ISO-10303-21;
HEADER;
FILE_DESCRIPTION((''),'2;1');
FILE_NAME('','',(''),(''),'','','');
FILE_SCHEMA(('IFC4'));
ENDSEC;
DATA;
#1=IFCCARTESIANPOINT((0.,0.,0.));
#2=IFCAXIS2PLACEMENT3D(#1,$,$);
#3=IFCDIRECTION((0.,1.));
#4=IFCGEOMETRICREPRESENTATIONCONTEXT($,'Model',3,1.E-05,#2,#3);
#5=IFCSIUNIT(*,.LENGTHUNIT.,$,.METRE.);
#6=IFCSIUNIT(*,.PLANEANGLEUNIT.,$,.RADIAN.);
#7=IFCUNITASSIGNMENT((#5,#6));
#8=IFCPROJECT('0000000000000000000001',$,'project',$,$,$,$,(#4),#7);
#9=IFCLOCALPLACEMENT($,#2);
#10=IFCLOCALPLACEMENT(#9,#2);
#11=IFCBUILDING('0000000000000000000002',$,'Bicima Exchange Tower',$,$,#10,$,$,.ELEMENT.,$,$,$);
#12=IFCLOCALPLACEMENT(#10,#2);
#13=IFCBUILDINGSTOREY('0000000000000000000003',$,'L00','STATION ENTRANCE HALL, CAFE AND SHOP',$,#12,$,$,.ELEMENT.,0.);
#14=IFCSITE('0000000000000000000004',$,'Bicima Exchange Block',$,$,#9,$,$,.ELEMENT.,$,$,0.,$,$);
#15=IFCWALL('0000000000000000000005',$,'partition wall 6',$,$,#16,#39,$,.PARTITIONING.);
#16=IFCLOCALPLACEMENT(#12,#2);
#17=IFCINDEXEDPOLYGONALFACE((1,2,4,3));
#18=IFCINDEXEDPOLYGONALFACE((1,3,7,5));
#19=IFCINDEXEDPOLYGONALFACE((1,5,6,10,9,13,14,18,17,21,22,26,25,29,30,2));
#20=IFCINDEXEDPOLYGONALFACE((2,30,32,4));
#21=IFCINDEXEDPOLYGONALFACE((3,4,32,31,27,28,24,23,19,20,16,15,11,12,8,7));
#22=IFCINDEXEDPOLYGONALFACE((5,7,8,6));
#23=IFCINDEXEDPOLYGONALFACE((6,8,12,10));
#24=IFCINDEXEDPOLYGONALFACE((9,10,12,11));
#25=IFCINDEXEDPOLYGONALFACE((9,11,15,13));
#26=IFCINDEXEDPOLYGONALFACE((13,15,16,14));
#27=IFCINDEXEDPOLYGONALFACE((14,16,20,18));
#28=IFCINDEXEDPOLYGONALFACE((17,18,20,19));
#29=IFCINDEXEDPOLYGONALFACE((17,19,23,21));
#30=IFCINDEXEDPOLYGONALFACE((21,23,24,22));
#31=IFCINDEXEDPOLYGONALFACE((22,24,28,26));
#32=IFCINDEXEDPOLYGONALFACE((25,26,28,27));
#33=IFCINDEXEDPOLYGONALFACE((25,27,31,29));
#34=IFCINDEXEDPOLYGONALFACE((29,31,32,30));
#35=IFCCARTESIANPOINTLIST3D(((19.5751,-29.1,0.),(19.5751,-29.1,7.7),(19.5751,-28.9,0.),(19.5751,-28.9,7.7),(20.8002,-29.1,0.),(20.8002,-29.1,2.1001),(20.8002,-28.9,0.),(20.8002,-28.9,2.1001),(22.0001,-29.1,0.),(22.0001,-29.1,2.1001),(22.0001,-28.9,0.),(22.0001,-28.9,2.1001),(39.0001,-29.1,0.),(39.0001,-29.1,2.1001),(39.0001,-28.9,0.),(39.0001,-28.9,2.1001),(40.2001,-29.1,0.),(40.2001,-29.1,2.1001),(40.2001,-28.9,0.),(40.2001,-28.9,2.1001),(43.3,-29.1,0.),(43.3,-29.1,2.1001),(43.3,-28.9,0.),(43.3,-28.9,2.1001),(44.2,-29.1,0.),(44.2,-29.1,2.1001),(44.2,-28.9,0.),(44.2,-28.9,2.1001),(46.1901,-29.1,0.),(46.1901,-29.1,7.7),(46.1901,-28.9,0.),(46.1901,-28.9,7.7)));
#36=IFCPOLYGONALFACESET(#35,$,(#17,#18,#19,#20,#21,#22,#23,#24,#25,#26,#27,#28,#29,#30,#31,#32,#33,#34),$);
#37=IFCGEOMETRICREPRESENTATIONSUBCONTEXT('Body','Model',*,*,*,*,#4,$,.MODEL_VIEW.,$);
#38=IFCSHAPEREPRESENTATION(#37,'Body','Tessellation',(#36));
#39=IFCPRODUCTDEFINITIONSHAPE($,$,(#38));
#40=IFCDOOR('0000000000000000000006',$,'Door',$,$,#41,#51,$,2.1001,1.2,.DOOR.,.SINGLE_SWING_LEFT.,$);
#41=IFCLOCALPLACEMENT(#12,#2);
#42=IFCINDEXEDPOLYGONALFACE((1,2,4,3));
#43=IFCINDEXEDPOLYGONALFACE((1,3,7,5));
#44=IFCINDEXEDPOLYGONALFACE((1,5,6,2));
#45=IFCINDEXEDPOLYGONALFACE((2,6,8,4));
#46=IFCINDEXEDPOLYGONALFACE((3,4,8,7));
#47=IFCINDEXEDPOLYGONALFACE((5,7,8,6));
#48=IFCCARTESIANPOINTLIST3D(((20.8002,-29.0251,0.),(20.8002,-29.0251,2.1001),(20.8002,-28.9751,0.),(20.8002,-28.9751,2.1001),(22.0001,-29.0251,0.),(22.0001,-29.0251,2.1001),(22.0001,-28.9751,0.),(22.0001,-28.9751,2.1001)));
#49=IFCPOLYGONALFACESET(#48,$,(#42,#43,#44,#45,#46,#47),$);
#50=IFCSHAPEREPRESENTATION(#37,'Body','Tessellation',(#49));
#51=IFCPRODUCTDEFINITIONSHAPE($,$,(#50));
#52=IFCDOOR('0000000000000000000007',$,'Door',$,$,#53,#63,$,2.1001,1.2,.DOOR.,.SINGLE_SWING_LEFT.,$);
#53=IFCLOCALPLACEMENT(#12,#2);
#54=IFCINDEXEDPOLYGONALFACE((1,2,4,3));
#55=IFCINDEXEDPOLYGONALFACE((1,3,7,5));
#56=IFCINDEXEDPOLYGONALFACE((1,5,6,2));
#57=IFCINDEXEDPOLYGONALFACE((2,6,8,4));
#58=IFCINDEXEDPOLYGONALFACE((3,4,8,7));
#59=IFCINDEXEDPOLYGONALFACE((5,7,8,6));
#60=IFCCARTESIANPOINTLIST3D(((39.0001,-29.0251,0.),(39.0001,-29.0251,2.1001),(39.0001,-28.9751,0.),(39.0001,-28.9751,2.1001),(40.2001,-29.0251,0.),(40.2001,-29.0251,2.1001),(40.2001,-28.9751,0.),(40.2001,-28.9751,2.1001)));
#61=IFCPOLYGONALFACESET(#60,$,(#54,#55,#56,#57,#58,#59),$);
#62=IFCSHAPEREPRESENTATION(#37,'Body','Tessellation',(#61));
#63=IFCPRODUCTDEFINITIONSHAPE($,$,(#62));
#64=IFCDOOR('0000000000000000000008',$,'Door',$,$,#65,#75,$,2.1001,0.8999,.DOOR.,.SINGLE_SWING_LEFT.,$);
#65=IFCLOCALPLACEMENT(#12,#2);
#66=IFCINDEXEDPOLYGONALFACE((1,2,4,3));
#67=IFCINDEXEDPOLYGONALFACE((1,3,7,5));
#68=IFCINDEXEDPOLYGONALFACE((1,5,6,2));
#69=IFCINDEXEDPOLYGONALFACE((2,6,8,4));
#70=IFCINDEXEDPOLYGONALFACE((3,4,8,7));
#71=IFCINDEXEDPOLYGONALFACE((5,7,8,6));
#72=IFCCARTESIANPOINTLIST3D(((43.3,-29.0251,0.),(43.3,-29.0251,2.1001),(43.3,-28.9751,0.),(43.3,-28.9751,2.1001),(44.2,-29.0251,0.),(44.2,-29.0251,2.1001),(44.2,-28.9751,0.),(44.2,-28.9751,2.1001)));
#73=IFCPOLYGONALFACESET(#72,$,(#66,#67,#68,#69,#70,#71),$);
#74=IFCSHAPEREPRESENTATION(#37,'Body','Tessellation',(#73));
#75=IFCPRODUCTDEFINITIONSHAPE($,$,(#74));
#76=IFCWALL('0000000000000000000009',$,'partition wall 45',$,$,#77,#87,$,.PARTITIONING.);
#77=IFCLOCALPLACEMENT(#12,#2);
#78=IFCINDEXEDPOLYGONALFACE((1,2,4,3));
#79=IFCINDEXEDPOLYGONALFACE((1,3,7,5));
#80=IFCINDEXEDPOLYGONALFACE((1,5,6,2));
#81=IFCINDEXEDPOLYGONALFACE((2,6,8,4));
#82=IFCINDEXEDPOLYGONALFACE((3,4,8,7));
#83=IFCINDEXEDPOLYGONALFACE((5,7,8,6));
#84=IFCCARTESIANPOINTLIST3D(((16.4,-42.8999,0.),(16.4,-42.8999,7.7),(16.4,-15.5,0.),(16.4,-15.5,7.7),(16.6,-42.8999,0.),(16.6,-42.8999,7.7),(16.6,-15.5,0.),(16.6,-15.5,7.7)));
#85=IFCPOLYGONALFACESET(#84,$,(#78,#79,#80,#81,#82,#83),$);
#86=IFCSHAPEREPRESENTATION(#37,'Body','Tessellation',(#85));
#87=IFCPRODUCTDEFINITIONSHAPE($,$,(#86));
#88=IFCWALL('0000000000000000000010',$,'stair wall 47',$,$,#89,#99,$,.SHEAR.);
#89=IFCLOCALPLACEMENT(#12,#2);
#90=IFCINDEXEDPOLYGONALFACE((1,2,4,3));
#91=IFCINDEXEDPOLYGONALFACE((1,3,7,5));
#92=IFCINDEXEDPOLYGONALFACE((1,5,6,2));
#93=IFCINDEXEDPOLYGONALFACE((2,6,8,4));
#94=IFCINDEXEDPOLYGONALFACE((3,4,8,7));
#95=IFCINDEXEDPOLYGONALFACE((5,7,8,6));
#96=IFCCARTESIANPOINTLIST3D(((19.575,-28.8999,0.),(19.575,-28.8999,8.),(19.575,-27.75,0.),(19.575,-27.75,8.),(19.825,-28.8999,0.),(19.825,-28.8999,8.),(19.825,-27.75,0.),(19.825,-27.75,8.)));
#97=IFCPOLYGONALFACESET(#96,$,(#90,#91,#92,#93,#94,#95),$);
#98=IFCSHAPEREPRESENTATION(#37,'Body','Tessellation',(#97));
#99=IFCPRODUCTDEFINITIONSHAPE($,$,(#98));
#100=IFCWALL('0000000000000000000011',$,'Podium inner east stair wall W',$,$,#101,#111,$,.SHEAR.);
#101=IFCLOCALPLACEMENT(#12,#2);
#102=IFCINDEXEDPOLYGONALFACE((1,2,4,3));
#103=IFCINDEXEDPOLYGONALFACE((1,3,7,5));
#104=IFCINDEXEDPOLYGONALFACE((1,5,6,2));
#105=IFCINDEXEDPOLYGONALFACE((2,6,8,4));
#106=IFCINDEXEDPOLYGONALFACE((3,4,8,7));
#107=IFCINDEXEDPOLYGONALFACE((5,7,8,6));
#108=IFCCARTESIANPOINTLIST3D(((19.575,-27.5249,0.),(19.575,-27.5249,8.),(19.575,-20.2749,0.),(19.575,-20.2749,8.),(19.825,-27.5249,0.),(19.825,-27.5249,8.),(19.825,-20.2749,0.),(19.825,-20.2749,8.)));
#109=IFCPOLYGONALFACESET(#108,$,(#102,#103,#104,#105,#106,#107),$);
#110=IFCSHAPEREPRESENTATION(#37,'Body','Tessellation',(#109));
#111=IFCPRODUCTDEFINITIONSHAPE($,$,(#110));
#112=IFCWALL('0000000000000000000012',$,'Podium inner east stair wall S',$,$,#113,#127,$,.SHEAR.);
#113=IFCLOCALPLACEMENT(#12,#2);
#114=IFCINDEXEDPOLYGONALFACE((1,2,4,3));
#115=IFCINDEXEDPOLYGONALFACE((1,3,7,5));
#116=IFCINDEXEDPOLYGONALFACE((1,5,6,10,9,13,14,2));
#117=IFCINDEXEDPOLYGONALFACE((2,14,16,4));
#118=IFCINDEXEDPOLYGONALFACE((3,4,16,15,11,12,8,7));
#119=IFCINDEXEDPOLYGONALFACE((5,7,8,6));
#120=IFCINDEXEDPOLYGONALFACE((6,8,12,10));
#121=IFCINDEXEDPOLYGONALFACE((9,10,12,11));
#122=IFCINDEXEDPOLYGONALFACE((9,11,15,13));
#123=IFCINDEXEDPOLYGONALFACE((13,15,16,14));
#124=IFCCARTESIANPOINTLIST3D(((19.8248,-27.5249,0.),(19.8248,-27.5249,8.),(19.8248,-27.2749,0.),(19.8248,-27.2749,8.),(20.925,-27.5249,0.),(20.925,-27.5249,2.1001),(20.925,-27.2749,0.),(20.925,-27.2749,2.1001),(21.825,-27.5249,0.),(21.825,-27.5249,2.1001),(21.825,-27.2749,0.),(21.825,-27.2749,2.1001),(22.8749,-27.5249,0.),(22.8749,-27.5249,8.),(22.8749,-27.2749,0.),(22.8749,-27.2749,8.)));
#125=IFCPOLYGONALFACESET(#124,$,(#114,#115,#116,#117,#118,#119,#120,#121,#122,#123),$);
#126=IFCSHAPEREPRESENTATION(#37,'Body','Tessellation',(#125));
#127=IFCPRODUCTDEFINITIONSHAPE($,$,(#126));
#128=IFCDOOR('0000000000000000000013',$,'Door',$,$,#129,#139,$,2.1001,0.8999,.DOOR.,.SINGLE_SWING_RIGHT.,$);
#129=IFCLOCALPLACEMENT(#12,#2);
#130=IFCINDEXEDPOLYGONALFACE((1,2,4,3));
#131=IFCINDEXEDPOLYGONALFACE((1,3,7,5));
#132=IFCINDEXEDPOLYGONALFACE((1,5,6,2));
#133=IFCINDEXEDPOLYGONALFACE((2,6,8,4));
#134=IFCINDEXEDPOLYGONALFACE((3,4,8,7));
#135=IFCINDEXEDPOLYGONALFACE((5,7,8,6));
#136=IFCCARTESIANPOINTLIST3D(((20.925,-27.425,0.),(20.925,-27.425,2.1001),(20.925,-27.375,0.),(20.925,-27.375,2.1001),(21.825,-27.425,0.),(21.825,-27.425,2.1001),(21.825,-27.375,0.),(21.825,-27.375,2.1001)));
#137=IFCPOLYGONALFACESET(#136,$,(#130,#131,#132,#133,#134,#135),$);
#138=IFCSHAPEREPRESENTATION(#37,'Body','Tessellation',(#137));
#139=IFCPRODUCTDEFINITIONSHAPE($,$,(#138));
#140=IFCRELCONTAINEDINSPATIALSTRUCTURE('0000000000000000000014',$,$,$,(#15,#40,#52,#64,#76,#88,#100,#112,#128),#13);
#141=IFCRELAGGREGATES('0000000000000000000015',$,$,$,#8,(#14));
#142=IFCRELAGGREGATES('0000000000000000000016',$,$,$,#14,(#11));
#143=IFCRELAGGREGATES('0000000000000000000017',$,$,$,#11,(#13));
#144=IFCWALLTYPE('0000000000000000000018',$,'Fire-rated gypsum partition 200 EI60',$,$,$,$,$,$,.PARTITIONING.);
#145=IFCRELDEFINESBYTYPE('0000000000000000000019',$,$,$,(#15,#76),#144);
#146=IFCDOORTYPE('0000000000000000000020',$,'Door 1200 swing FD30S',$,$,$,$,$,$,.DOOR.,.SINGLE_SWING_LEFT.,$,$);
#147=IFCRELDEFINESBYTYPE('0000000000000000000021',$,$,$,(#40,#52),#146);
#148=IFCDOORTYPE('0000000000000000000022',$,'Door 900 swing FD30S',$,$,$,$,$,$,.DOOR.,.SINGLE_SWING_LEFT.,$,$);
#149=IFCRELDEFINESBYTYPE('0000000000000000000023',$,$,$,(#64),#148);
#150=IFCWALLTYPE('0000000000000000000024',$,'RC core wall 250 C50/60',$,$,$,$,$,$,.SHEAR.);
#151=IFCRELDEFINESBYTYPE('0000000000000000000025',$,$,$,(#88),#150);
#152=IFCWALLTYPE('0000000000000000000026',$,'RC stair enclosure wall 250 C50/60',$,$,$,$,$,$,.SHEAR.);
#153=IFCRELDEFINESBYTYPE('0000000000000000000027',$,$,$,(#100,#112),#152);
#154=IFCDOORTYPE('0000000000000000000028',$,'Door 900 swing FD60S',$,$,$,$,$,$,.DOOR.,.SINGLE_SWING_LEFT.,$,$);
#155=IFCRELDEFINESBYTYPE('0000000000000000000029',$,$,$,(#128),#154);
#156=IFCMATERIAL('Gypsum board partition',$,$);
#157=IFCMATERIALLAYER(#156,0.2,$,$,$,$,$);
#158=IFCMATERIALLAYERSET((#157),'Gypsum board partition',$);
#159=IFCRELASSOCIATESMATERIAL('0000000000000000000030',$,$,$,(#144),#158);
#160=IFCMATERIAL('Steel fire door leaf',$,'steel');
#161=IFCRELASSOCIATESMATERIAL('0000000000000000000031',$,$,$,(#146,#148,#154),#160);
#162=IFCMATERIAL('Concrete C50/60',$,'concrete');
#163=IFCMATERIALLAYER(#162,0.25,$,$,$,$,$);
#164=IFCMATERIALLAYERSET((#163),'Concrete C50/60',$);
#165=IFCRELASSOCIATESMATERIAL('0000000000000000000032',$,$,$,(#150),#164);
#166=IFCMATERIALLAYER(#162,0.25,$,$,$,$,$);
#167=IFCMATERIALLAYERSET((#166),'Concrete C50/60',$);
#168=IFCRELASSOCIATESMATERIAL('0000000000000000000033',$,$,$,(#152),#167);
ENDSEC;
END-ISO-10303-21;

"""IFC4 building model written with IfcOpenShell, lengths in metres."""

from ifc_helpers import new_model, si_unit, direction, frame, frame_2d, origin, place, context, subcontext, project, spatial, rectangle, extrude, material, layer, layer_set, type_object, element, fill, save


model = new_model("IFC4")

# Units and contexts
model_context = context("Model", 3, precision=1e-05, world=origin(), true_north=direction((0.0, 1.0)))
body_context = subcontext(model_context, "Body", "Model", "MODEL_VIEW")
ifc_project = project(units=[si_unit("LENGTHUNIT", "METRE"), si_unit("PLANEANGLEUNIT", "RADIAN")], contexts=[model_context])

# Site, building, storey
site_placement = place(None, origin())
site = spatial("IfcSite", under=ifc_project, at=site_placement, Name="Bicima Exchange Block", CompositionType="ELEMENT", RefElevation=0.0)
building_placement = place(site_placement, origin())
building = spatial("IfcBuilding", under=site, at=building_placement, Name="Bicima Exchange Tower", CompositionType="ELEMENT")
storey_placement = place(building_placement, origin())
storey = spatial("IfcBuildingStorey", under=building, at=storey_placement, Name="L00", Description="STATION ENTRANCE HALL, CAFE AND SHOP", CompositionType="ELEMENT", Elevation=0.0)

# Wall, openings, doors
ifc_material_1 = material(Name="Gypsum board partition")
ifc_layer_1 = layer(ifc_material_1, 0.2)
ifc_layer_set_1 = layer_set([ifc_layer_1], Name="Gypsum board partition")
wall_type_1 = type_object("IfcWallType", Name="Fire-rated gypsum partition 200 EI60", PredefinedType="PARTITIONING", material=ifc_layer_set_1)
ifc_material_2 = material(Name="Steel fire door leaf", Category="steel")
wall_1_placement = place(storey_placement, frame((19.575, -29.0, 0.0), z_axis=(0.0, 0.0, 1.0), x_axis=(1.0, 0.0, 0.0)))
wall_1 = element("IfcWall", 1, at=wall_1_placement, inside=storey, type_object=wall_type_1, Name="partition wall 6", PredefinedType="PARTITIONING", context=body_context, shape_type="SweptSolid", body=[
    extrude(rectangle(XDim=26.615, YDim=0.2, at=frame_2d((13.3076, 0.0))), origin(), (0.0, 0.0, 1.0), 7.7),
])
opening_1_placement = place(wall_1_placement, frame((1.2251, 0.0, 0.0)))
opening_1 = element("IfcOpeningElement", 2, at=opening_1_placement, cuts=wall_1, PredefinedType="OPENING", context=body_context, shape_type="SweptSolid", body=[
    extrude(rectangle(XDim=1.2, YDim=2.1001, at=frame_2d((0.6001, 1.05))), frame((0.0, 0.1118, 0.0), z_axis=(0.0, -1.0, 0.0), x_axis=(1.0, 0.0, 0.0)), (0.0, 0.0, 1.0), 0.2239),
])
opening_2_placement = place(wall_1_placement, frame((19.425, 0.0, 0.0)))
opening_2 = element("IfcOpeningElement", 3, at=opening_2_placement, cuts=wall_1, PredefinedType="OPENING", context=body_context, shape_type="SweptSolid", body=[
    extrude(rectangle(XDim=1.2, YDim=2.1001, at=frame_2d((0.6001, 1.05))), frame((0.0, 0.1118, 0.0), z_axis=(0.0, -1.0, 0.0), x_axis=(1.0, 0.0, 0.0)), (0.0, 0.0, 1.0), 0.2239),
])
opening_3_placement = place(wall_1_placement, frame((23.7251, 0.0, 0.0)))
opening_3 = element("IfcOpeningElement", 4, at=opening_3_placement, cuts=wall_1, PredefinedType="OPENING", context=body_context, shape_type="SweptSolid", body=[
    extrude(rectangle(XDim=0.8999, YDim=2.1001, at=frame_2d((0.45, 1.05))), frame((0.0, 0.1118, 0.0), z_axis=(0.0, -1.0, 0.0), x_axis=(1.0, 0.0, 0.0)), (0.0, 0.0, 1.0), 0.2239),
])
door_type_1 = type_object("IfcDoorType", Name="Door 1200 swing FD30S", OperationType="SINGLE_SWING_LEFT", PredefinedType="DOOR", material=ifc_material_2)
door_1_placement = place(opening_1_placement, origin())
door_1 = element("IfcDoor", 5, at=door_1_placement, inside=storey, type_object=door_type_1, Name="Door", OperationType="SINGLE_SWING_LEFT", OverallHeight=2.1001, OverallWidth=1.2, PredefinedType="DOOR", context=body_context, shape_type="SweptSolid", body=[
    extrude(rectangle(XDim=1.2, YDim=2.1001, at=frame_2d((0.6001, 1.05))), frame((0.0, 0.0249, 0.0), z_axis=(0.0, -1.0, 0.0), x_axis=(1.0, 0.0, 0.0)), (0.0, 0.0, 1.0), 0.05),
])
fill(opening_1, door_1)
door_2_placement = place(opening_2_placement, origin())
door_2 = element("IfcDoor", 6, at=door_2_placement, inside=storey, type_object=door_type_1, Name="Door", OperationType="SINGLE_SWING_LEFT", OverallHeight=2.1001, OverallWidth=1.2, PredefinedType="DOOR", context=body_context, shape_type="SweptSolid", body=[
    extrude(rectangle(XDim=1.2, YDim=2.1001, at=frame_2d((0.6001, 1.05))), frame((0.0, 0.0249, 0.0), z_axis=(0.0, -1.0, 0.0), x_axis=(1.0, 0.0, 0.0)), (0.0, 0.0, 1.0), 0.05),
])
fill(opening_2, door_2)
door_type_2 = type_object("IfcDoorType", Name="Door 900 swing FD30S", OperationType="SINGLE_SWING_LEFT", PredefinedType="DOOR", material=ifc_material_2)
door_3_placement = place(opening_3_placement, origin())
door_3 = element("IfcDoor", 7, at=door_3_placement, inside=storey, type_object=door_type_2, Name="Door", OperationType="SINGLE_SWING_LEFT", OverallHeight=2.1001, OverallWidth=0.8999, PredefinedType="DOOR", context=body_context, shape_type="SweptSolid", body=[
    extrude(rectangle(XDim=0.8999, YDim=2.1001, at=frame_2d((0.45, 1.05))), frame((0.0, 0.0249, 0.0), z_axis=(0.0, -1.0, 0.0), x_axis=(1.0, 0.0, 0.0)), (0.0, 0.0, 1.0), 0.05),
])
fill(opening_3, door_3)

# Walls
wall_2_placement = place(storey_placement, frame((16.5, -42.8999, 0.0), z_axis=(0.0, 0.0, 1.0), x_axis=(0.0, 1.0, 0.0)))
element("IfcWall", 8, at=wall_2_placement, inside=storey, type_object=wall_type_1, Name="partition wall 45", PredefinedType="PARTITIONING", context=body_context, shape_type="SweptSolid", body=[
    extrude(rectangle(XDim=27.3999, YDim=0.2, at=frame_2d((13.7, 0.0))), origin(), (0.0, 0.0, 1.0), 7.7),
])
ifc_material_3 = material(Name="Concrete C50/60", Category="concrete")
ifc_layer_2 = layer(ifc_material_3, 0.25)
ifc_layer_set_2 = layer_set([ifc_layer_2], Name="Concrete C50/60")
wall_type_2 = type_object("IfcWallType", Name="RC core wall 250 C50/60", PredefinedType="SHEAR", material=ifc_layer_set_2)
wall_3_placement = place(storey_placement, frame((19.7, -28.8999, 0.0), z_axis=(0.0, 0.0, 1.0), x_axis=(0.0, 1.0, 0.0)))
element("IfcWall", 9, at=wall_3_placement, inside=storey, type_object=wall_type_2, Name="stair wall 47", PredefinedType="SHEAR", context=body_context, shape_type="SweptSolid", body=[
    extrude(rectangle(XDim=1.1499, YDim=0.25, at=frame_2d((0.575, 0.0))), origin(), (0.0, 0.0, 1.0), 8.0),
])
ifc_layer_3 = layer(ifc_material_3, 0.25)
ifc_layer_set_3 = layer_set([ifc_layer_3], Name="Concrete C50/60")
wall_type_3 = type_object("IfcWallType", Name="RC stair enclosure wall 250 C50/60", PredefinedType="SHEAR", material=ifc_layer_set_3)
wall_4_placement = place(storey_placement, frame((19.7, -27.5249, 0.0), z_axis=(0.0, 0.0, 1.0), x_axis=(0.0, 1.0, 0.0)))
element("IfcWall", 10, at=wall_4_placement, inside=storey, type_object=wall_type_3, Name="Podium inner east stair wall W", PredefinedType="SHEAR", context=body_context, shape_type="SweptSolid", body=[
    extrude(rectangle(XDim=7.25, YDim=0.25, at=frame_2d((3.625, 0.0))), origin(), (0.0, 0.0, 1.0), 8.0),
])

# Wall, opening, door
wall_5_placement = place(storey_placement, frame((19.825, -27.3999, 0.0), z_axis=(0.0, 0.0, 1.0), x_axis=(1.0, 0.0, 0.0)))
wall_5 = element("IfcWall", 11, at=wall_5_placement, inside=storey, type_object=wall_type_3, Name="Podium inner east stair wall S", PredefinedType="SHEAR", context=body_context, shape_type="SweptSolid", body=[
    extrude(rectangle(XDim=3.05, YDim=0.25, at=frame_2d((1.5249, 0.0))), origin(), (0.0, 0.0, 1.0), 8.0),
])
opening_4_placement = place(wall_5_placement, frame((1.1001, 0.0, 0.0)))
opening_4 = element("IfcOpeningElement", 12, at=opening_4_placement, cuts=wall_5, PredefinedType="OPENING", context=body_context, shape_type="SweptSolid", body=[
    extrude(rectangle(XDim=0.8999, YDim=2.1001, at=frame_2d((0.45, 1.05))), frame((0.0, 0.137, 0.0), z_axis=(0.0, -1.0, 0.0), x_axis=(1.0, 0.0, 0.0)), (0.0, 0.0, 1.0), 0.2739),
])
door_type_3 = type_object("IfcDoorType", Name="Door 900 swing FD60S", OperationType="SINGLE_SWING_LEFT", PredefinedType="DOOR", material=ifc_material_2)
door_4_placement = place(opening_4_placement, origin())
door_4 = element("IfcDoor", 13, at=door_4_placement, inside=storey, type_object=door_type_3, Name="Door", OperationType="SINGLE_SWING_RIGHT", OverallHeight=2.1001, OverallWidth=0.8999, PredefinedType="DOOR", context=body_context, shape_type="SweptSolid", body=[
    extrude(rectangle(XDim=0.8999, YDim=2.1001, at=frame_2d((0.45, 1.05))), frame((0.0, 0.0249, 0.0), z_axis=(0.0, -1.0, 0.0), x_axis=(1.0, 0.0, 0.0)), (0.0, 0.0, 1.0), 0.05),
])
fill(opening_4, door_4)

save(model, "model.ifc")
